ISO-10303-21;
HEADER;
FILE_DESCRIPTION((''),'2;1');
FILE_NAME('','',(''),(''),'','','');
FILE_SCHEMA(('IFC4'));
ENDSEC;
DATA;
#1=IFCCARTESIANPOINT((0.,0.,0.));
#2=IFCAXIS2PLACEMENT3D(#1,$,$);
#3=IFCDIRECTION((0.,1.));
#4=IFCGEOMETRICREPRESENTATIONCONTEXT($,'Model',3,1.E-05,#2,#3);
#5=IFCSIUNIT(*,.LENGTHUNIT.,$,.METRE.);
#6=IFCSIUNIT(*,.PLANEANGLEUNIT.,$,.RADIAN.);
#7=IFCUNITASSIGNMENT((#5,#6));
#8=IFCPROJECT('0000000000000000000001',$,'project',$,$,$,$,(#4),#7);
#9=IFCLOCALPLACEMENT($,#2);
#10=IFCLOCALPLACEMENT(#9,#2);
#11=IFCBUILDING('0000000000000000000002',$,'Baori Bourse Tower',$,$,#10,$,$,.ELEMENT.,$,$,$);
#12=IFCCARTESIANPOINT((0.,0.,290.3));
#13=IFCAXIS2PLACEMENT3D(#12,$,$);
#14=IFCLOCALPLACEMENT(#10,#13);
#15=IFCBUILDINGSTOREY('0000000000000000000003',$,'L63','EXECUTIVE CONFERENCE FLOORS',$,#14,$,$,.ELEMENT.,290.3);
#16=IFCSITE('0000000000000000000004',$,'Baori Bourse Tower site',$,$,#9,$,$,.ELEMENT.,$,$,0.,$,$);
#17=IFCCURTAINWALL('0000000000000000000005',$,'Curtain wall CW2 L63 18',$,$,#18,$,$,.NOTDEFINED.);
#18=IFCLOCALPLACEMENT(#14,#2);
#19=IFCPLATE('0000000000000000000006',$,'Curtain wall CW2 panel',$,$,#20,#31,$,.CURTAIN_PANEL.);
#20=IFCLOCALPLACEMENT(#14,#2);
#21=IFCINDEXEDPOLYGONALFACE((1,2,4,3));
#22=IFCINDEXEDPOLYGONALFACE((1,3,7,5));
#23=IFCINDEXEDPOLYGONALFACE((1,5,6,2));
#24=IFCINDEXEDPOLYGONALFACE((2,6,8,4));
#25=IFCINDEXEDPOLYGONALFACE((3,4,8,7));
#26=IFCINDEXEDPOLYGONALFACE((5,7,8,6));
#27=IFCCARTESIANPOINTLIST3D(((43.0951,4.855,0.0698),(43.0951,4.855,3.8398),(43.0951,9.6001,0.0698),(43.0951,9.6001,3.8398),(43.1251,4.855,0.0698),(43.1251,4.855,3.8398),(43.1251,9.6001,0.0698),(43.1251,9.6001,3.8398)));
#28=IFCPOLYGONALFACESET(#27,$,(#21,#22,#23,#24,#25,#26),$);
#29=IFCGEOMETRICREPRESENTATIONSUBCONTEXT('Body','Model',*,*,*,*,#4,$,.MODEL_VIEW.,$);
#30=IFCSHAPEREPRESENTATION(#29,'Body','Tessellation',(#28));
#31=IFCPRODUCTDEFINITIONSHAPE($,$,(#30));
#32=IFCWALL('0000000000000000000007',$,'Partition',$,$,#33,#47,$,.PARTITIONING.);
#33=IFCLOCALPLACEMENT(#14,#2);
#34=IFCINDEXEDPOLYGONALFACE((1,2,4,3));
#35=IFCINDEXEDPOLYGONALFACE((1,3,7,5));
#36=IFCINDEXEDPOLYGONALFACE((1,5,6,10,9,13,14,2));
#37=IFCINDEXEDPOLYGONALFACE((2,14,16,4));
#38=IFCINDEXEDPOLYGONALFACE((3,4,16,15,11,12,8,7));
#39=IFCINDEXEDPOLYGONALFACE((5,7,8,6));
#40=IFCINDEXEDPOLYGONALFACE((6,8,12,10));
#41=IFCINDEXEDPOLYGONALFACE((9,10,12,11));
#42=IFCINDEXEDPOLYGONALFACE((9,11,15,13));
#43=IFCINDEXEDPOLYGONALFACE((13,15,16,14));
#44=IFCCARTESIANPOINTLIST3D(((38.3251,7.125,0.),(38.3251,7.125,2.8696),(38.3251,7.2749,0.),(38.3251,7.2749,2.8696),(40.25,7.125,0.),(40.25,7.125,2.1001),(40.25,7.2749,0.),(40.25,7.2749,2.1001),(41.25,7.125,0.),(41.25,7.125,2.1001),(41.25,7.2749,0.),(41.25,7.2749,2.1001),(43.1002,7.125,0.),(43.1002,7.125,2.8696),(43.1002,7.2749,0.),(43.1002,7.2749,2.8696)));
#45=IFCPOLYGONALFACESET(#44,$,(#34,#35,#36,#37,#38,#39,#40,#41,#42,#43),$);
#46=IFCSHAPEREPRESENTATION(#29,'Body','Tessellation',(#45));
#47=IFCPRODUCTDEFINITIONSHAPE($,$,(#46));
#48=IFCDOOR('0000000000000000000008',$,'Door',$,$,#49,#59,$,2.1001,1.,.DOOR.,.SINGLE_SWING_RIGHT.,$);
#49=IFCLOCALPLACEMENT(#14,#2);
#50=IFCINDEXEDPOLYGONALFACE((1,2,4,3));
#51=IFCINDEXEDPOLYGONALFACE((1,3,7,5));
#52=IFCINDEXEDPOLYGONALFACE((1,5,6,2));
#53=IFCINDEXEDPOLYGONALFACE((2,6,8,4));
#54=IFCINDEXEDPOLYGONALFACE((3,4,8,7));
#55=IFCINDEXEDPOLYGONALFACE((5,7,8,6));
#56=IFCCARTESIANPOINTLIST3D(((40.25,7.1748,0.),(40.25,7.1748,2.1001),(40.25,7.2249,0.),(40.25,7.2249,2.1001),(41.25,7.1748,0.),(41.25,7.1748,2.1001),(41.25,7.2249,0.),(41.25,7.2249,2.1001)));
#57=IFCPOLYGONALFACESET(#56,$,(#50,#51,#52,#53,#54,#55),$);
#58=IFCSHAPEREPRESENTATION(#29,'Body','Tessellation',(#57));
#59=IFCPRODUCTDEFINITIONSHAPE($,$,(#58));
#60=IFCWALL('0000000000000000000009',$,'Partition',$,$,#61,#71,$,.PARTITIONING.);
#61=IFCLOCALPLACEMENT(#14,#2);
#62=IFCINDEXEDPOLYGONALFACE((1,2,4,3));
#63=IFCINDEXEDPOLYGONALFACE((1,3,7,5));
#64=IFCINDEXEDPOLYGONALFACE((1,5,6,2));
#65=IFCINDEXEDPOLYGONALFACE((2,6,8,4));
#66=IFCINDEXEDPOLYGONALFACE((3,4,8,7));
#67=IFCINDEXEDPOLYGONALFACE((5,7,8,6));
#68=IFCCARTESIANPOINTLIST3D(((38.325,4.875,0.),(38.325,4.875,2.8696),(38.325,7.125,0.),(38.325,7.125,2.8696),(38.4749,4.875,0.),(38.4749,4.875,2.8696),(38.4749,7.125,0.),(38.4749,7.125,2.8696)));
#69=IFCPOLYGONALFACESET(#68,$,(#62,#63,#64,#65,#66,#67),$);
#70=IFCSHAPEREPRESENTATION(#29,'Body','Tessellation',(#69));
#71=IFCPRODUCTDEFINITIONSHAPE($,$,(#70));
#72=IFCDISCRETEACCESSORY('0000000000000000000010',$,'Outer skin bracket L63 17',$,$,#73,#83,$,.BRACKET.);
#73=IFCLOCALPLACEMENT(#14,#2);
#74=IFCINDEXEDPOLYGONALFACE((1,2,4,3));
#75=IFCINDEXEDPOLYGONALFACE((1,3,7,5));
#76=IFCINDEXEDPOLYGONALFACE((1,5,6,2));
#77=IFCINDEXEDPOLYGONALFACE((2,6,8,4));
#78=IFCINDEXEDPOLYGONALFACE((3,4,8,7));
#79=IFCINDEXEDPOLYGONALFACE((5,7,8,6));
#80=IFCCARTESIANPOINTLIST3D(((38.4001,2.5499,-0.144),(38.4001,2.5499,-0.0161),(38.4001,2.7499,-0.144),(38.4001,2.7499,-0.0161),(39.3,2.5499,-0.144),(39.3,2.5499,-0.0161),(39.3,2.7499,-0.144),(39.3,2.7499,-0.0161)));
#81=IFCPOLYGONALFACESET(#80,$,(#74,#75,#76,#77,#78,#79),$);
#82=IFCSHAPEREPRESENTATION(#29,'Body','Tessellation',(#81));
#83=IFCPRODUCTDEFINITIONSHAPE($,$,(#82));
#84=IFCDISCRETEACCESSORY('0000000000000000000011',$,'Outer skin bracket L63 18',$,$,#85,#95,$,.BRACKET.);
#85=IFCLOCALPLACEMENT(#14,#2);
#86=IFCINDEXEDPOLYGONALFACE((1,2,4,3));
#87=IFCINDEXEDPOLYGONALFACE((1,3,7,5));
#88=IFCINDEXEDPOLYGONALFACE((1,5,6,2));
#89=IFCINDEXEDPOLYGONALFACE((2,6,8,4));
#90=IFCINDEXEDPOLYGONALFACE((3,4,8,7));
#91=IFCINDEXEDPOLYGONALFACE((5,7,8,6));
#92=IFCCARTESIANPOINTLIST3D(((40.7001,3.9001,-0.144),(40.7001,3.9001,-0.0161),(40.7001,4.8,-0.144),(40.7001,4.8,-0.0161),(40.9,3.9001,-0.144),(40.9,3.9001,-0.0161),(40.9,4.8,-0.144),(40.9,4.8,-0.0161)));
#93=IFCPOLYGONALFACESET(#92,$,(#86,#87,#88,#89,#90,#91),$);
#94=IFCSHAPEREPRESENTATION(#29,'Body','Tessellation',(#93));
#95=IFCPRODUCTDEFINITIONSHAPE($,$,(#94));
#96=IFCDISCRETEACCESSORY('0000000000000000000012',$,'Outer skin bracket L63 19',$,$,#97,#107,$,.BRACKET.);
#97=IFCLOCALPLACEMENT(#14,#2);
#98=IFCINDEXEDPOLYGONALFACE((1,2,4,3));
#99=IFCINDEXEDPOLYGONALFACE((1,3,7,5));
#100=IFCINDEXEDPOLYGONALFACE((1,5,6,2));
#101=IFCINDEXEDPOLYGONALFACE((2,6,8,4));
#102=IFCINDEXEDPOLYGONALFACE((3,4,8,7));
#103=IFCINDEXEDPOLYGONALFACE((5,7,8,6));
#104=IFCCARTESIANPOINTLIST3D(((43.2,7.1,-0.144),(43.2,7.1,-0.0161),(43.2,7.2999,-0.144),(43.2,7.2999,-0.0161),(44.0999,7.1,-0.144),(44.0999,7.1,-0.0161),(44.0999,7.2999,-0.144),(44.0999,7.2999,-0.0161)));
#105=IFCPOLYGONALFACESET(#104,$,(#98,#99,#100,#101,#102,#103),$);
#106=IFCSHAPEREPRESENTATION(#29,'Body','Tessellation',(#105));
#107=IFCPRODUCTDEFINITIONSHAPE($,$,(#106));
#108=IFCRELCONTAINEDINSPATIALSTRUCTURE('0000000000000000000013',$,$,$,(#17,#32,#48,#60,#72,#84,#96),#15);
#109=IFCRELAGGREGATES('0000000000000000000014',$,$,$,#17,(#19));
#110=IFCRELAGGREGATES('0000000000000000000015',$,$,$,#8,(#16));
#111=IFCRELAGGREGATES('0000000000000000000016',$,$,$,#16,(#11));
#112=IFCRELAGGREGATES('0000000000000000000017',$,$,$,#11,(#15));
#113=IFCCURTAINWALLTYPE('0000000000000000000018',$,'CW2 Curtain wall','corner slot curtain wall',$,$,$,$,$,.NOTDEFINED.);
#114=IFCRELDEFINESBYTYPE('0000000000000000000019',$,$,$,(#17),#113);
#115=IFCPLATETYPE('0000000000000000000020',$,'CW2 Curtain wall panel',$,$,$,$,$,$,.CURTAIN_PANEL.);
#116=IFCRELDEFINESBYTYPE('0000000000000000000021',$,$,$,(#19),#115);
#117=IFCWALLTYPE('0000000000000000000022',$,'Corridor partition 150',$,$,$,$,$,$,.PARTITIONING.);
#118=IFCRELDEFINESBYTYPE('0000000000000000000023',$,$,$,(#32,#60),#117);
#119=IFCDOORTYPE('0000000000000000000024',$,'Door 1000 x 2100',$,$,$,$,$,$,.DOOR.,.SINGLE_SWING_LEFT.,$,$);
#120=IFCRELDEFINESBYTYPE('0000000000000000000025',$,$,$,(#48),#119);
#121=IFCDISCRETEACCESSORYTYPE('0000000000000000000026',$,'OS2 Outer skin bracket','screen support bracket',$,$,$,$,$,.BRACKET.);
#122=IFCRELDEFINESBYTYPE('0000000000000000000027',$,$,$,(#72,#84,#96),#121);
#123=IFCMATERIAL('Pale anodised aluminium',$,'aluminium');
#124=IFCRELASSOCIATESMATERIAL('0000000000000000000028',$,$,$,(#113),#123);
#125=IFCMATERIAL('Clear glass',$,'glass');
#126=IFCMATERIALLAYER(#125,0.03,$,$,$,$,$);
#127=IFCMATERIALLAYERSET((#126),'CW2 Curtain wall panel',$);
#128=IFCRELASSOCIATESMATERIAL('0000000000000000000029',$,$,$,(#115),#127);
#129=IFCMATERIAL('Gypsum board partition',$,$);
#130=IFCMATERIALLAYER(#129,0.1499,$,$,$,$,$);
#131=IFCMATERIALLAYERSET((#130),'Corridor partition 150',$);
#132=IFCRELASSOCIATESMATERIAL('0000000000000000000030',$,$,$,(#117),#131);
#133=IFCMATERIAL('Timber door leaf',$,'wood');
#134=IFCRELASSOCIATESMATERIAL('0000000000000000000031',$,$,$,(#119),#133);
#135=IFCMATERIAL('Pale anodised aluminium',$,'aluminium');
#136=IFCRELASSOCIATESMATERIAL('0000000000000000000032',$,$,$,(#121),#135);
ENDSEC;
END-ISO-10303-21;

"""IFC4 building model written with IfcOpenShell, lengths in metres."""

from ifc_helpers import new_model, si_unit, direction, frame, frame_2d, origin, origin_2d, place, context, subcontext, project, spatial, rectangle, extrude, material, layer, layer_set, type_object, element, fill, aggregate, save


model = new_model("IFC4")

# Units and contexts
model_context = context("Model", 3, precision=1e-05, world=origin(), true_north=direction((0.0, 1.0)))
body_context = subcontext(model_context, "Body", "Model", "MODEL_VIEW")
ifc_project = project(units=[si_unit("LENGTHUNIT", "METRE"), si_unit("PLANEANGLEUNIT", "RADIAN")], contexts=[model_context])

# Site, building, storey
site_placement = place(None, origin())
site = spatial("IfcSite", under=ifc_project, at=site_placement, Name="Baori Bourse Tower site", CompositionType="ELEMENT", RefElevation=0.0)
building_placement = place(site_placement, origin())
building = spatial("IfcBuilding", under=site, at=building_placement, Name="Baori Bourse Tower", CompositionType="ELEMENT")
storey_placement = place(building_placement, frame((0.0, 0.0, 290.3)))
storey = spatial("IfcBuildingStorey", under=building, at=storey_placement, Name="L63", Description="EXECUTIVE CONFERENCE FLOORS", CompositionType="ELEMENT", Elevation=290.3)

# Curtain wall
ifc_material_1 = material(Name="Pale anodised aluminium", Category="aluminium")
curtain_wall_type = type_object("IfcCurtainWallType", Name="CW2 Curtain wall", Description="corner slot curtain wall", PredefinedType="NOTDEFINED", material=ifc_material_1)
curtain_wall_1_placement = place(storey_placement, origin())
curtain_wall_1 = element("IfcCurtainWall", 1, at=curtain_wall_1_placement, inside=storey, type_object=curtain_wall_type, Name="Curtain wall CW2 L63 18", PredefinedType="NOTDEFINED")

# Plate
ifc_material_2 = material(Name="Clear glass", Category="glass")
ifc_layer_1 = layer(ifc_material_2, 0.03)
ifc_layer_set_1 = layer_set([ifc_layer_1], Name="CW2 Curtain wall panel")
plate_type = type_object("IfcPlateType", Name="CW2 Curtain wall panel", PredefinedType="CURTAIN_PANEL", material=ifc_layer_set_1)
plate_1_placement = place(storey_placement, frame((43.1101, 7.2275, 0.0698), z_axis=(0.0, 0.0, 1.0), x_axis=(0.0, 1.0, 0.0)))
plate_1 = element("IfcPlate", 2, at=plate_1_placement, type_object=plate_type, Name="Curtain wall CW2 panel", PredefinedType="CURTAIN_PANEL", context=body_context, shape_type="SweptSolid", body=[
    extrude(rectangle(XDim=4.7451, YDim=0.03, at=origin_2d()), origin(), (0.0, 0.0, 1.0), 3.77),
])
aggregate(curtain_wall_1, [plate_1])

# Wall, opening, door
ifc_material_3 = material(Name="Gypsum board partition")
ifc_layer_2 = layer(ifc_material_3, 0.1499)
ifc_layer_set_2 = layer_set([ifc_layer_2], Name="Corridor partition 150")
wall_type = type_object("IfcWallType", Name="Corridor partition 150", PredefinedType="PARTITIONING", material=ifc_layer_set_2)
wall_1_placement = place(storey_placement, frame((38.325, 7.2, 0.0), z_axis=(0.0, 0.0, 1.0), x_axis=(1.0, 0.0, 0.0)))
wall_1 = element("IfcWall", 3, at=wall_1_placement, inside=storey, type_object=wall_type, Name="Partition", PredefinedType="PARTITIONING", context=body_context, shape_type="SweptSolid", body=[
    extrude(rectangle(XDim=4.7751, YDim=0.1499, at=frame_2d((2.3877, 0.0))), origin(), (0.0, 0.0, 1.0), 2.8696),
])
opening_placement = place(wall_1_placement, frame((1.925, 0.0, 0.0)))
opening = element("IfcOpeningElement", 4, at=opening_placement, cuts=wall_1, PredefinedType="OPENING", context=body_context, shape_type="SweptSolid", body=[
    extrude(rectangle(XDim=1.0, YDim=2.1001, at=frame_2d((0.5, 1.05))), frame((0.0, 0.085, 0.0), z_axis=(0.0, -1.0, 0.0), x_axis=(1.0, 0.0, 0.0)), (0.0, 0.0, 1.0), 0.1699),
])
ifc_material_4 = material(Name="Timber door leaf", Category="wood")
door_type = type_object("IfcDoorType", Name="Door 1000 x 2100", OperationType="SINGLE_SWING_LEFT", PredefinedType="DOOR", material=ifc_material_4)
door_placement = place(opening_placement, origin())
door = element("IfcDoor", 5, at=door_placement, inside=storey, type_object=door_type, Name="Door", OperationType="SINGLE_SWING_RIGHT", OverallHeight=2.1001, OverallWidth=1.0, PredefinedType="DOOR", context=body_context, shape_type="SweptSolid", body=[
    extrude(rectangle(XDim=1.0, YDim=2.1001, at=frame_2d((0.5, 1.05))), frame((0.0, 0.0249, 0.0), z_axis=(0.0, -1.0, 0.0), x_axis=(1.0, 0.0, 0.0)), (0.0, 0.0, 1.0), 0.05),
])
fill(opening, door)

# Wall
wall_2_placement = place(storey_placement, frame((38.3999, 4.875, 0.0), z_axis=(0.0, 0.0, 1.0), x_axis=(0.0, 1.0, 0.0)))
element("IfcWall", 6, at=wall_2_placement, inside=storey, type_object=wall_type, Name="Partition", PredefinedType="PARTITIONING", context=body_context, shape_type="SweptSolid", body=[
    extrude(rectangle(XDim=2.25, YDim=0.1499, at=frame_2d((1.125, 0.0))), origin(), (0.0, 0.0, 1.0), 2.8696),
])

# Discrete accessories
ifc_material_5 = material(Name="Pale anodised aluminium", Category="aluminium")
discrete_accessory_type = type_object("IfcDiscreteAccessoryType", Name="OS2 Outer skin bracket", Description="screen support bracket", PredefinedType="BRACKET", material=ifc_material_5)
for number, where, z_axis, x_axis, name in (
    (7, (38.8501, 2.6499, -0.144), (0.0, 0.0, 1.0), (0.0, 1.0, 0.0), "Outer skin bracket L63 17"),
    (8, (40.8, 4.3501, -0.144), (0.0, 0.0, 1.0), (1.0, 0.0, 0.0), "Outer skin bracket L63 18"),
    (9, (43.6499, 7.2, -0.144), (0.0, 0.0, 1.0), (0.0, 1.0, 0.0), "Outer skin bracket L63 19"),
):
    element("IfcDiscreteAccessory", number, at=place(storey_placement, frame(where, z_axis=z_axis, x_axis=x_axis)), inside=storey, type_object=discrete_accessory_type, Name=name, PredefinedType="BRACKET", context=body_context, shape_type="SweptSolid", body=[
        extrude(rectangle(XDim=0.2, YDim=0.8999, at=origin_2d()), origin(), (0.0, 0.0, 1.0), 0.1279),
    ])

save(model, "model.ifc")
